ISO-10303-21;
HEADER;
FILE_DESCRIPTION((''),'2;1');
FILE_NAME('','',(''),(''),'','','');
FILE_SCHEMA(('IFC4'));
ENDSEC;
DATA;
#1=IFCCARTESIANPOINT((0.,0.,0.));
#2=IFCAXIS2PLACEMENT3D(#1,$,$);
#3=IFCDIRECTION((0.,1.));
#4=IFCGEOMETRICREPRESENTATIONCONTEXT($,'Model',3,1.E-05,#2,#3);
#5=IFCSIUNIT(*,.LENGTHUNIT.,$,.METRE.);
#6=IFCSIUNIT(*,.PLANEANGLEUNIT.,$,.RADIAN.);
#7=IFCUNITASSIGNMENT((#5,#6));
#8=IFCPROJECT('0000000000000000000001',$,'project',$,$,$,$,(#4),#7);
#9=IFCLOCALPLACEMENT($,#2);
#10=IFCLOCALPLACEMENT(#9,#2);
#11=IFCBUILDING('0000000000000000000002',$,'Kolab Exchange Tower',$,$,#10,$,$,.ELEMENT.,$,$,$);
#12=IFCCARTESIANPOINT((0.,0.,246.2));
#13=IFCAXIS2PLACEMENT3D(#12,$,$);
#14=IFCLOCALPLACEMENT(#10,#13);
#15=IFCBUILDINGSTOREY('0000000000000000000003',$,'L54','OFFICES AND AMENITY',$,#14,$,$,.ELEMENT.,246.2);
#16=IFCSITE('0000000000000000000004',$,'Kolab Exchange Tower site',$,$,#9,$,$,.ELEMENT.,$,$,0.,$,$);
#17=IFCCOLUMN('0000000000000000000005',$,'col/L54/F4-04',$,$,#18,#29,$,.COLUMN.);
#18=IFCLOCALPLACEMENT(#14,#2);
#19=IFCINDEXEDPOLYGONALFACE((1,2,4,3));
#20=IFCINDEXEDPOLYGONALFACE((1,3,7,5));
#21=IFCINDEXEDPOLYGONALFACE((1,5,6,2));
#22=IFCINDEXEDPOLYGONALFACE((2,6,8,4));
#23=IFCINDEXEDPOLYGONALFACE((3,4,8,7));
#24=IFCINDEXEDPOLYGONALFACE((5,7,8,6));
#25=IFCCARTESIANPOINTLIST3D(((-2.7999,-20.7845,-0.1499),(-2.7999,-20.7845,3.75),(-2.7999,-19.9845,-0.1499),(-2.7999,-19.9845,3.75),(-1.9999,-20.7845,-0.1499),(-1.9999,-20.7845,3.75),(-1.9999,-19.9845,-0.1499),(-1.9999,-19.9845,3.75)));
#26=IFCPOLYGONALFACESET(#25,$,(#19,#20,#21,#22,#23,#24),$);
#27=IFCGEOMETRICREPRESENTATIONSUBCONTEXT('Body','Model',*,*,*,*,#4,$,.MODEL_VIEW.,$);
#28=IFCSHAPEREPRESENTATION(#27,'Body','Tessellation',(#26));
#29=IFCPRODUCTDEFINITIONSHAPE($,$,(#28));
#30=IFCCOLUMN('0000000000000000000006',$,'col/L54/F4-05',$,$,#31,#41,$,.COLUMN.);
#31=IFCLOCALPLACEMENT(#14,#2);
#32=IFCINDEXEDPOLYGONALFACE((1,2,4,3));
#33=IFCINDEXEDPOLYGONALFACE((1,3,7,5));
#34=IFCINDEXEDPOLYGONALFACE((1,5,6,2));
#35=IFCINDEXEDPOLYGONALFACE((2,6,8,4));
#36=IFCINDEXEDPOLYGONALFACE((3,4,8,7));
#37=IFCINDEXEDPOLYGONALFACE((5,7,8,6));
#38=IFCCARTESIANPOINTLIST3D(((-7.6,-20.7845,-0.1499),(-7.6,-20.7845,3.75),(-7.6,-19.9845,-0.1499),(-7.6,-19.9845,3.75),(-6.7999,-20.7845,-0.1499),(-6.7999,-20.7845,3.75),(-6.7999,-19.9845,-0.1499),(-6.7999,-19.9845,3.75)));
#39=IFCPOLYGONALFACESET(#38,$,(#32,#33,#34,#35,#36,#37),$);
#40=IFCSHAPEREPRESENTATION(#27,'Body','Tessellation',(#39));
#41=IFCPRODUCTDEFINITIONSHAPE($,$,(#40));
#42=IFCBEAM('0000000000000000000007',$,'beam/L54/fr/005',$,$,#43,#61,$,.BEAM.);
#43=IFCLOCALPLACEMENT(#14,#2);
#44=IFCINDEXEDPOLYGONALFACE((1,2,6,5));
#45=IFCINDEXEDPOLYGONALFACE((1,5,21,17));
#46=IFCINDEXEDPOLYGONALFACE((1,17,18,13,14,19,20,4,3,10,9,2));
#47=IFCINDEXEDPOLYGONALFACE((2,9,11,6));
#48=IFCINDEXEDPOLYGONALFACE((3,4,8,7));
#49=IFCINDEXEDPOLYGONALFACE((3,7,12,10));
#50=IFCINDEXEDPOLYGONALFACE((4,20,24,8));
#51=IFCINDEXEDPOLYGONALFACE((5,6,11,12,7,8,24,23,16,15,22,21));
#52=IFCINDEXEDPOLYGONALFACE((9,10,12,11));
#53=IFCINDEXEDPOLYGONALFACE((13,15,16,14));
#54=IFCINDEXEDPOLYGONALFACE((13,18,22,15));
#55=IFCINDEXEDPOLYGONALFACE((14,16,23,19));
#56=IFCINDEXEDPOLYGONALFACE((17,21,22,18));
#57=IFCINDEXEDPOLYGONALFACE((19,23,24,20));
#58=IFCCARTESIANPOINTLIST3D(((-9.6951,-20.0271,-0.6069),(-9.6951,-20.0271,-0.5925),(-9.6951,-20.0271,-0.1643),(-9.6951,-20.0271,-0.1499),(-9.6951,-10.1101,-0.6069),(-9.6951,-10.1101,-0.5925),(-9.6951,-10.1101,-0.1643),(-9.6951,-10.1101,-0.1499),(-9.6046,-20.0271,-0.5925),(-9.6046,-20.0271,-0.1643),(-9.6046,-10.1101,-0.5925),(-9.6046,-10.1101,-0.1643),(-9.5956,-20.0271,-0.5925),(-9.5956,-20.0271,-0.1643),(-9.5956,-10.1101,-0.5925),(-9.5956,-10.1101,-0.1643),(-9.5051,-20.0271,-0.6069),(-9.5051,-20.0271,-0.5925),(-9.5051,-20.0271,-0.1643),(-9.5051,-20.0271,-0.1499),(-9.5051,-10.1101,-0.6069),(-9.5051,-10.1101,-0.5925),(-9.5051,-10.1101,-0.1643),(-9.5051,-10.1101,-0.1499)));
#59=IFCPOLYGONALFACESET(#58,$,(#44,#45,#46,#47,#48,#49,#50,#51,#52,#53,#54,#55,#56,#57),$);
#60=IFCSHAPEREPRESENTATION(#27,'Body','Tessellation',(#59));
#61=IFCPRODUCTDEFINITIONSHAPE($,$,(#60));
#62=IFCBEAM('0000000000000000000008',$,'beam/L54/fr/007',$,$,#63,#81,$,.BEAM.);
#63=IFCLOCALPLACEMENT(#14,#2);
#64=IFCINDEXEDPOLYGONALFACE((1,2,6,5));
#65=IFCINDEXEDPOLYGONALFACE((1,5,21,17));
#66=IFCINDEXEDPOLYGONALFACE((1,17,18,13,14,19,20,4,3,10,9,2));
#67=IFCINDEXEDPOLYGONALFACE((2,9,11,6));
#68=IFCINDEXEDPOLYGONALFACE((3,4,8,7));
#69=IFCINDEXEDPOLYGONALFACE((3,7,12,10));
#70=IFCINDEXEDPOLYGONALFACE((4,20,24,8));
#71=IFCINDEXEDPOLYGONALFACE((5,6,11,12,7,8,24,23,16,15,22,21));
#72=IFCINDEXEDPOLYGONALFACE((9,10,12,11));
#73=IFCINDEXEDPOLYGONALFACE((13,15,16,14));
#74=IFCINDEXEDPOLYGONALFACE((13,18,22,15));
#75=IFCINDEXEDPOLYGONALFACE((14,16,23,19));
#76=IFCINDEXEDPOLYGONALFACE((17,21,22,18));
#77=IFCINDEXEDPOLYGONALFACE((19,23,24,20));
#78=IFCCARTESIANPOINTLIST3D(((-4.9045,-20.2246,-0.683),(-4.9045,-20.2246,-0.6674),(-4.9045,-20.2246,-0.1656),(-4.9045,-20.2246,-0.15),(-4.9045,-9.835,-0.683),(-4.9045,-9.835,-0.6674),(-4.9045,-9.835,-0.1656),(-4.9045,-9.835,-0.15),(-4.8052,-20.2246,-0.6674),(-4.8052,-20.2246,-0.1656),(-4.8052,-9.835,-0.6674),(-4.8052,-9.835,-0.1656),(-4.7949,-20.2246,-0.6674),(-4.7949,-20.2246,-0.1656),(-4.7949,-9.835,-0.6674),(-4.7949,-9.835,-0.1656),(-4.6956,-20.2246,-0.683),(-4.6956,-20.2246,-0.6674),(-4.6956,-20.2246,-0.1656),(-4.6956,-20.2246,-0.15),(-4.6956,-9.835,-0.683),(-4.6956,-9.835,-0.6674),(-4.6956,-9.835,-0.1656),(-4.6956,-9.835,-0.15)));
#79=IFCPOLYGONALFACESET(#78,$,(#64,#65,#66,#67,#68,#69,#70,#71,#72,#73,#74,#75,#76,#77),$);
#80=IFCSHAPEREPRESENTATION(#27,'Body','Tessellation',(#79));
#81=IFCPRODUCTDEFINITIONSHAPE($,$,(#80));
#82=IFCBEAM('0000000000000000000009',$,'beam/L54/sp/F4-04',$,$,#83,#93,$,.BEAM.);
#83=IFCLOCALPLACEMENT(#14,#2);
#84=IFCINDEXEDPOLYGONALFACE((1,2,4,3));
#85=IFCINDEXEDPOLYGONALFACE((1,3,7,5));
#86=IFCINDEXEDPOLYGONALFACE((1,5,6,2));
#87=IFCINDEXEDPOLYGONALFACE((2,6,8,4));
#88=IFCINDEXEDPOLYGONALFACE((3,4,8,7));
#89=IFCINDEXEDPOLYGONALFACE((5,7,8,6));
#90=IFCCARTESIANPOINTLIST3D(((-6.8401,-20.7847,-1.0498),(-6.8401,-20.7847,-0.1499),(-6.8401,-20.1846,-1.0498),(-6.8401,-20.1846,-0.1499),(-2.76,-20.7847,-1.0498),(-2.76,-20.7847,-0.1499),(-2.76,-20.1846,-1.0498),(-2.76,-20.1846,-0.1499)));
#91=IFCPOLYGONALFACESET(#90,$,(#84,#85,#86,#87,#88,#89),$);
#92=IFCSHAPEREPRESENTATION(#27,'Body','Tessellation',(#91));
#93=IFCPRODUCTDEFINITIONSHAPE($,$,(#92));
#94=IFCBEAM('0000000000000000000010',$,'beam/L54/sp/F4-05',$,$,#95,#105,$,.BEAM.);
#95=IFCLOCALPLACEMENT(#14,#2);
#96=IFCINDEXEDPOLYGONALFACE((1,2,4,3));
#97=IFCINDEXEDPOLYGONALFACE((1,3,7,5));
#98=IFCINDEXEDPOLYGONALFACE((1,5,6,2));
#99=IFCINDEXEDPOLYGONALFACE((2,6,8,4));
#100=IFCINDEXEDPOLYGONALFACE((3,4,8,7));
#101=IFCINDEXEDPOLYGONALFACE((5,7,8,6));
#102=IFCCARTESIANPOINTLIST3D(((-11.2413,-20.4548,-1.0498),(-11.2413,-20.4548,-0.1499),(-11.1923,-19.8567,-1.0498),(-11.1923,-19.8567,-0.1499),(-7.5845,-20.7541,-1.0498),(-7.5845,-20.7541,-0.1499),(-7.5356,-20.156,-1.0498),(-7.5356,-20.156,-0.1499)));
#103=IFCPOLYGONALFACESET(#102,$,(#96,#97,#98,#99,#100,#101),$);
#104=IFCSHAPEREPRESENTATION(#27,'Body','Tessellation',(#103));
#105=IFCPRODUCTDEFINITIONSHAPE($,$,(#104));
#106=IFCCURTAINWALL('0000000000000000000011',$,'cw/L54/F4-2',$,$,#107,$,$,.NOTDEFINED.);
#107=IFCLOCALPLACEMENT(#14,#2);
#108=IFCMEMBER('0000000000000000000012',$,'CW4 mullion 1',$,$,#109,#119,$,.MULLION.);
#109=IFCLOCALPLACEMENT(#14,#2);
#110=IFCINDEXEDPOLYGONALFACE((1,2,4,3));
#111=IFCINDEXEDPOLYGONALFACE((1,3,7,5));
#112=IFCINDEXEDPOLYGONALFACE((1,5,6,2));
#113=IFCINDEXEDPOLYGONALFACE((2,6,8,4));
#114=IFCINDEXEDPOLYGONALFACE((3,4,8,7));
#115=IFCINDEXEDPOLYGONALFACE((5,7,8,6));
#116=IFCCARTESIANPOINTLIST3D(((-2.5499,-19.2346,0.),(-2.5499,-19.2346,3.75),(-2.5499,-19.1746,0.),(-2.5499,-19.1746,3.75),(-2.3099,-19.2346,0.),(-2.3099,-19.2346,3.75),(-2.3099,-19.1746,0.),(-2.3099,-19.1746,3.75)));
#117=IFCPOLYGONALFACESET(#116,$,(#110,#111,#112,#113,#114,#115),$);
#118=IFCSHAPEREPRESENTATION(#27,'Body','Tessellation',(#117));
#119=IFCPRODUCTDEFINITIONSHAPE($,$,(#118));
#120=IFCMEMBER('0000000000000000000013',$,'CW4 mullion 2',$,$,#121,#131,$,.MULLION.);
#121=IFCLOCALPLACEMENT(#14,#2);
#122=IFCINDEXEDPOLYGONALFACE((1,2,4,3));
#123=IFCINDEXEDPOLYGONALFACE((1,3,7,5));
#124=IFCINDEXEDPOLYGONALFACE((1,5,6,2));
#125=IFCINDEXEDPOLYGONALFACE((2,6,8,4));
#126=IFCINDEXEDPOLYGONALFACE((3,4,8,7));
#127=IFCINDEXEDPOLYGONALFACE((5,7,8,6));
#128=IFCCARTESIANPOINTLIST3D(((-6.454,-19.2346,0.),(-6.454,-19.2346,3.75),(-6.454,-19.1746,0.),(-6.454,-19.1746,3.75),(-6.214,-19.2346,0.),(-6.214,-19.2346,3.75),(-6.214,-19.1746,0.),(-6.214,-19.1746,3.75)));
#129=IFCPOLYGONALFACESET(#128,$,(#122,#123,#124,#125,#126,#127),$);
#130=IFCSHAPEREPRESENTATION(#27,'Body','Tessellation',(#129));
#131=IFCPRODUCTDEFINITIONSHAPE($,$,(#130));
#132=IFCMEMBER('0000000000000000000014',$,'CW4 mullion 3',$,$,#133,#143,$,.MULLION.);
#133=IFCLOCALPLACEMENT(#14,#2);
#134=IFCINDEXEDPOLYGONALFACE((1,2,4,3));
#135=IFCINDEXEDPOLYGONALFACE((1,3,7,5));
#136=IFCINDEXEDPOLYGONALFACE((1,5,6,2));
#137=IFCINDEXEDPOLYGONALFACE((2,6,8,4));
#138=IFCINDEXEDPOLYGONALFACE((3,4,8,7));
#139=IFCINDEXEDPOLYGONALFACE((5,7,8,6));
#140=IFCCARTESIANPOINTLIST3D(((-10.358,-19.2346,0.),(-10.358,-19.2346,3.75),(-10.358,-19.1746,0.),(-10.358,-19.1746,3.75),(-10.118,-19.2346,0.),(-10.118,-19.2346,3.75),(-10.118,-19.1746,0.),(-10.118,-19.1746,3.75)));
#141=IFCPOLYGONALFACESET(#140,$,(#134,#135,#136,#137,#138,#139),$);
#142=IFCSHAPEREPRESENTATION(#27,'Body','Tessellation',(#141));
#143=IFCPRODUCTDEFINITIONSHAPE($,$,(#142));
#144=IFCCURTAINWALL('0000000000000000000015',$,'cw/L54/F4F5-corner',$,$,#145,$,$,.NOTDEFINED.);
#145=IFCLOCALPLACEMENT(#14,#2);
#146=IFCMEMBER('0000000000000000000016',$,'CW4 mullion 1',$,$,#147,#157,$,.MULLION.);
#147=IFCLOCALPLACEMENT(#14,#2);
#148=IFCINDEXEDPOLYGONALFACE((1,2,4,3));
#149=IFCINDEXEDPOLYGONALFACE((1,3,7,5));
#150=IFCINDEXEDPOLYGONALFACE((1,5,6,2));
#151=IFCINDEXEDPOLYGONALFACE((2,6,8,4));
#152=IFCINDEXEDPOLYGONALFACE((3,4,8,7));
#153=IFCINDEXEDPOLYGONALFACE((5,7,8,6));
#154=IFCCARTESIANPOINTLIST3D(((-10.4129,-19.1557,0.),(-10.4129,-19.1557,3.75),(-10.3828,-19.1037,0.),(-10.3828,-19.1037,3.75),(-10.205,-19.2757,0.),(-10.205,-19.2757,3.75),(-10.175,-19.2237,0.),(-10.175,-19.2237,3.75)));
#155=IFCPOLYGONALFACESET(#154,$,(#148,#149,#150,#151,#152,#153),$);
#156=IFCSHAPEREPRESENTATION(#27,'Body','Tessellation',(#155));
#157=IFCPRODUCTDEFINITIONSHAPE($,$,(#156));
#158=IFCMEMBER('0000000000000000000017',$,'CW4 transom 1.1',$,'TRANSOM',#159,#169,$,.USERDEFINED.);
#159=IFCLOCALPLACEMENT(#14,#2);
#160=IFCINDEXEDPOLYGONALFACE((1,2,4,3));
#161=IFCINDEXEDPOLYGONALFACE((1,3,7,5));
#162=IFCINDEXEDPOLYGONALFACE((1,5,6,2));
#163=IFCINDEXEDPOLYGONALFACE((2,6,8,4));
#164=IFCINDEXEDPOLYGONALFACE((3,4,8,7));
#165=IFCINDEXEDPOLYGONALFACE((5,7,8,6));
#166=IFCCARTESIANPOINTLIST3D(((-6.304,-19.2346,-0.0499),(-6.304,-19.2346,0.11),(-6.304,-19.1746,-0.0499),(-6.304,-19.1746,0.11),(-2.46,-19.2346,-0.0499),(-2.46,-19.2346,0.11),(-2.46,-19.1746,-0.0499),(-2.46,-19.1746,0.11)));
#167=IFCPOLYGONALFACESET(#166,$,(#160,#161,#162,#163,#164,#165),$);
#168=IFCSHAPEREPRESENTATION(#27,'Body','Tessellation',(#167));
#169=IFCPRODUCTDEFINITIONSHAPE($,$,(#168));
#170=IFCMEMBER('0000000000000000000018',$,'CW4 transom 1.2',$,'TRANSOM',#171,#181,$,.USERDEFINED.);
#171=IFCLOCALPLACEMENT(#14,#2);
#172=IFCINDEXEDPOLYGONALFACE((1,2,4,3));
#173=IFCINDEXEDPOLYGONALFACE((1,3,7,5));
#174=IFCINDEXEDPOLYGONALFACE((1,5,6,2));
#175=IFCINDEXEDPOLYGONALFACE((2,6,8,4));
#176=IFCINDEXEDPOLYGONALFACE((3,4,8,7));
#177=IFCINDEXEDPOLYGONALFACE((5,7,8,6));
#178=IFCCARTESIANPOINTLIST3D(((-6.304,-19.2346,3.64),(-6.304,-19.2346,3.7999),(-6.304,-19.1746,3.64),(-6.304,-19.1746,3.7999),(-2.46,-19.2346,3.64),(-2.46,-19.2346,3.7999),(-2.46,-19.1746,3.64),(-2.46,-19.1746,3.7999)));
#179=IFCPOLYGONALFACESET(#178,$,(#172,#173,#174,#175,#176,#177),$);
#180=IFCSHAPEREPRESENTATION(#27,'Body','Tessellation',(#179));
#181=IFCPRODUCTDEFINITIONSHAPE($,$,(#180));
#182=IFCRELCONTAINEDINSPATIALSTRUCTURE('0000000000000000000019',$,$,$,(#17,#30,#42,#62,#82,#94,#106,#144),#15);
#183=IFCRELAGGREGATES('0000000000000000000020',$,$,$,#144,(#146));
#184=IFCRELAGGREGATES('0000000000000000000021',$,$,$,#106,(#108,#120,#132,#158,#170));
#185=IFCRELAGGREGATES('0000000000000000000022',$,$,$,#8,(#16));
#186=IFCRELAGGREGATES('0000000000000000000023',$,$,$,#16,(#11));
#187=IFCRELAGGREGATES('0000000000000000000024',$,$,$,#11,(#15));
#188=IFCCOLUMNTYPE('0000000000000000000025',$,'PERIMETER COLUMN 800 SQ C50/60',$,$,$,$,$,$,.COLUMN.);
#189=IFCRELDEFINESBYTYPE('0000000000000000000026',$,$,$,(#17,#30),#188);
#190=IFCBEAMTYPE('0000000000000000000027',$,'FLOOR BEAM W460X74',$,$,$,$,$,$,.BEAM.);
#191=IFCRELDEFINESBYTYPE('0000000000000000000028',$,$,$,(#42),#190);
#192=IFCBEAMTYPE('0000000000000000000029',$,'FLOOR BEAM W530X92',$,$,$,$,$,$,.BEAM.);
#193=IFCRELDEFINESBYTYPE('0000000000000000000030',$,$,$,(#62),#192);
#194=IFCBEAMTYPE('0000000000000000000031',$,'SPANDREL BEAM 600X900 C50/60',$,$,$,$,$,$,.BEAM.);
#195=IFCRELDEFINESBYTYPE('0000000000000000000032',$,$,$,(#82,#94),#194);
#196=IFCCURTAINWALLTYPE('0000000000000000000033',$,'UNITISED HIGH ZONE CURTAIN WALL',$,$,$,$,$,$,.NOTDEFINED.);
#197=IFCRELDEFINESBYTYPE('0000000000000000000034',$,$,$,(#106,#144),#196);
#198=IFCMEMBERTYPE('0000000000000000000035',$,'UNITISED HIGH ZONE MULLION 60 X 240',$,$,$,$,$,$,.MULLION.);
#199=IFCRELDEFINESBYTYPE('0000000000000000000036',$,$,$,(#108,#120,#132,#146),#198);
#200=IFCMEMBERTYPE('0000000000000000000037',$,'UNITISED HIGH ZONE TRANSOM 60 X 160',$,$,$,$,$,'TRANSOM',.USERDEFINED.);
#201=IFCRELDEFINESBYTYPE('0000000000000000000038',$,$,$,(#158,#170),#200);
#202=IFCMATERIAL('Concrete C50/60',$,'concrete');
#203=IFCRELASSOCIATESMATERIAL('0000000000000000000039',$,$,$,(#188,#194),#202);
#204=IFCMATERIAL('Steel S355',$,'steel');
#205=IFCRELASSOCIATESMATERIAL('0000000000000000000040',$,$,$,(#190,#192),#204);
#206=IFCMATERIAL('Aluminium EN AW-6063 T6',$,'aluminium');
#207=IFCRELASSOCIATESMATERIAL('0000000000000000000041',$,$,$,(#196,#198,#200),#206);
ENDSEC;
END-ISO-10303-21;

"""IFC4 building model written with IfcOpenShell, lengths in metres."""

from ifc_helpers import new_model, si_unit, direction, frame, origin, origin_2d, place, context, subcontext, project, spatial, rectangle, i_section, extrude, material, material_profile, profile_set, type_object, element, aggregate, save


model = new_model("IFC4")

# Units and contexts
model_context = context("Model", 3, precision=1e-05, world=origin(), true_north=direction((0.0, 1.0)))
body_context = subcontext(model_context, "Body", "Model", "MODEL_VIEW")
ifc_project = project(units=[si_unit("LENGTHUNIT", "METRE"), si_unit("PLANEANGLEUNIT", "RADIAN")], contexts=[model_context])

# Site, building, storey
site_placement = place(None, origin())
site = spatial("IfcSite", under=ifc_project, at=site_placement, Name="Kolab Exchange Tower site", CompositionType="ELEMENT", RefElevation=0.0)
building_placement = place(site_placement, origin())
building = spatial("IfcBuilding", under=site, at=building_placement, Name="Kolab Exchange Tower", CompositionType="ELEMENT")
storey_placement = place(building_placement, frame((0.0, 0.0, 246.2)))
storey = spatial("IfcBuildingStorey", under=building, at=storey_placement, Name="L54", Description="OFFICES AND AMENITY", CompositionType="ELEMENT", Elevation=246.2)

# Columns
ifc_material_1 = material(Name="Concrete C50/60", Category="concrete")
ifc_material_profile_1 = material_profile(ifc_material_1, rectangle(XDim=0.8, YDim=0.8, at=origin_2d()), Name="RC800")
ifc_profile_set_1 = profile_set([ifc_material_profile_1], Name="Concrete C50/60")
column_type = type_object("IfcColumnType", Name="PERIMETER COLUMN 800 SQ C50/60", PredefinedType="COLUMN", material=ifc_profile_set_1)
for number, where, z_axis, x_axis, name in (
    (1, (-2.3999, -20.3845, -0.1499), (0.0, 0.0, 1.0), (1.0, 0.0, 0.0), "col/L54/F4-04"),
    (2, (-7.2, -20.3845, -0.1499), (0.0, 0.0, 1.0), (1.0, 0.0, 0.0), "col/L54/F4-05"),
):
    element("IfcColumn", number, at=place(storey_placement, frame(where, z_axis=z_axis, x_axis=x_axis)), inside=storey, type_object=column_type, Name=name, PredefinedType="COLUMN", context=body_context, shape_type="SweptSolid", body=[
        extrude(rectangle(XDim=0.8, YDim=0.8, at=origin_2d()), origin(), (0.0, 0.0, 1.0), 3.8999),
    ])

# Beams
ifc_material_2 = material(Name="Steel S355", Category="steel")
ifc_material_profile_2 = material_profile(ifc_material_2, i_section(OverallWidth=0.1899, OverallDepth=0.457, WebThickness=0.009, FlangeThickness=0.0144, at=origin_2d()), Name="W460X74")
ifc_profile_set_2 = profile_set([ifc_material_profile_2], Name="Steel S355")
beam_type_1 = type_object("IfcBeamType", Name="FLOOR BEAM W460X74", PredefinedType="BEAM", material=ifc_profile_set_2)
beam_1_placement = place(storey_placement, frame((-9.6001, -20.0271, -0.3784), z_axis=(0.0, 1.0, 0.0), x_axis=(-1.0, 0.0, 0.0)))
element("IfcBeam", 3, at=beam_1_placement, inside=storey, type_object=beam_type_1, Name="beam/L54/fr/005", PredefinedType="BEAM", context=body_context, shape_type="SweptSolid", body=[
    extrude(i_section(OverallWidth=0.1899, OverallDepth=0.457, WebThickness=0.009, FlangeThickness=0.0144, at=origin_2d()), origin(), (0.0, 0.0, 1.0), 9.917),
])
ifc_material_profile_3 = material_profile(ifc_material_2, i_section(OverallWidth=0.209, OverallDepth=0.533, WebThickness=0.0103, FlangeThickness=0.0156, at=origin_2d()), Name="W530X92")
ifc_profile_set_3 = profile_set([ifc_material_profile_3], Name="Steel S355")
beam_type_2 = type_object("IfcBeamType", Name="FLOOR BEAM W530X92", PredefinedType="BEAM", material=ifc_profile_set_3)
beam_2_placement = place(storey_placement, frame((-4.8, -20.2246, -0.4165), z_axis=(0.0, 1.0, 0.0), x_axis=(-1.0, 0.0, 0.0)))
element("IfcBeam", 4, at=beam_2_placement, inside=storey, type_object=beam_type_2, Name="beam/L54/fr/007", PredefinedType="BEAM", context=body_context, shape_type="SweptSolid", body=[
    extrude(i_section(OverallWidth=0.209, OverallDepth=0.533, WebThickness=0.0103, FlangeThickness=0.0156, at=origin_2d()), origin(), (0.0, 0.0, 1.0), 10.3896),
])
ifc_material_profile_4 = material_profile(ifc_material_1, rectangle(XDim=0.6001, YDim=0.8999, at=origin_2d()), Name="RC600X900")
ifc_profile_set_4 = profile_set([ifc_material_profile_4], Name="Concrete C50/60")
beam_type_3 = type_object("IfcBeamType", Name="SPANDREL BEAM 600X900 C50/60", PredefinedType="BEAM", material=ifc_profile_set_4)
beam_3_placement = place(storey_placement, frame((-2.76, -20.4846, -0.5999), z_axis=(-1.0, 0.0, 0.0), x_axis=(0.0, -1.0, 0.0)))
element("IfcBeam", 5, at=beam_3_placement, inside=storey, type_object=beam_type_3, Name="beam/L54/sp/F4-04", PredefinedType="BEAM", context=body_context, shape_type="SweptSolid", body=[
    extrude(rectangle(XDim=0.6001, YDim=0.8999, at=origin_2d()), origin(), (0.0, 0.0, 1.0), 4.0801),
])
beam_4_placement = place(storey_placement, frame((-7.5601, -20.4551, -0.5999), z_axis=(-0.996667, 0.081581, 0.0), x_axis=(-0.081581, -0.996667, 0.0)))
element("IfcBeam", 6, at=beam_4_placement, inside=storey, type_object=beam_type_3, Name="beam/L54/sp/F4-05", PredefinedType="BEAM", context=body_context, shape_type="SweptSolid", body=[
    extrude(rectangle(XDim=0.6001, YDim=0.8999, at=origin_2d()), origin(), (0.0, 0.0, 1.0), 3.6689),
])

# Curtain wall, members
ifc_material_3 = material(Name="Aluminium EN AW-6063 T6", Category="aluminium")
curtain_wall_type = type_object("IfcCurtainWallType", Name="UNITISED HIGH ZONE CURTAIN WALL", PredefinedType="NOTDEFINED", material=ifc_material_3)
curtain_wall_1_placement = place(storey_placement, origin())
curtain_wall_1 = element("IfcCurtainWall", 7, at=curtain_wall_1_placement, inside=storey, type_object=curtain_wall_type, Name="cw/L54/F4-2", PredefinedType="NOTDEFINED")
ifc_material_profile_5 = material_profile(ifc_material_3, rectangle(XDim=0.0601, YDim=0.24, at=origin_2d()), Name="RECT 60X240")
ifc_profile_set_5 = profile_set([ifc_material_profile_5], Name="Aluminium EN AW-6063 T6")
member_type_1 = type_object("IfcMemberType", Name="UNITISED HIGH ZONE MULLION 60 X 240", PredefinedType="MULLION", material=ifc_profile_set_5)
member_1_placement = place(storey_placement, frame((-2.4299, -19.2046, 0.0), z_axis=(0.0, 0.0, 1.0), x_axis=(0.0, -1.0, 0.0)))
member_1 = element("IfcMember", 8, at=member_1_placement, type_object=member_type_1, Name="CW4 mullion 1", PredefinedType="MULLION", context=body_context, shape_type="SweptSolid", body=[
    extrude(rectangle(XDim=0.0601, YDim=0.24, at=origin_2d()), origin(), (0.0, 0.0, 1.0), 3.75),
])
member_2_placement = place(storey_placement, frame((-6.334, -19.2046, 0.0), z_axis=(0.0, 0.0, 1.0), x_axis=(0.0, -1.0, 0.0)))
member_2 = element("IfcMember", 9, at=member_2_placement, type_object=member_type_1, Name="CW4 mullion 2", PredefinedType="MULLION", context=body_context, shape_type="SweptSolid", body=[
    extrude(rectangle(XDim=0.0601, YDim=0.24, at=origin_2d()), origin(), (0.0, 0.0, 1.0), 3.75),
])
member_3_placement = place(storey_placement, frame((-10.238, -19.2046, 0.0), z_axis=(0.0, 0.0, 1.0), x_axis=(0.0, -1.0, 0.0)))
member_3 = element("IfcMember", 10, at=member_3_placement, type_object=member_type_1, Name="CW4 mullion 3", PredefinedType="MULLION", context=body_context, shape_type="SweptSolid", body=[
    extrude(rectangle(XDim=0.0601, YDim=0.24, at=origin_2d()), origin(), (0.0, 0.0, 1.0), 3.75),
])

# Curtain wall, member
curtain_wall_2_placement = place(storey_placement, origin())
curtain_wall_2 = element("IfcCurtainWall", 11, at=curtain_wall_2_placement, inside=storey, type_object=curtain_wall_type, Name="cw/L54/F4F5-corner", PredefinedType="NOTDEFINED")
member_4_placement = place(storey_placement, frame((-10.2939, -19.1897, 0.0), z_axis=(0.0, 0.0, 1.0), x_axis=(-0.5, -0.866025, 0.0)))
member_4 = element("IfcMember", 12, at=member_4_placement, type_object=member_type_1, Name="CW4 mullion 1", PredefinedType="MULLION", context=body_context, shape_type="SweptSolid", body=[
    extrude(rectangle(XDim=0.0601, YDim=0.24, at=origin_2d()), origin(), (0.0, 0.0, 1.0), 3.75),
])

# Members
ifc_material_profile_6 = material_profile(ifc_material_3, rectangle(XDim=0.0601, YDim=0.1599, at=origin_2d()), Name="RECT 60X160")
ifc_profile_set_6 = profile_set([ifc_material_profile_6], Name="Aluminium EN AW-6063 T6")
member_type_2 = type_object("IfcMemberType", Name="UNITISED HIGH ZONE TRANSOM 60 X 160", ElementType="TRANSOM", PredefinedType="USERDEFINED", material=ifc_profile_set_6)
member_5_placement = place(storey_placement, frame((-2.46, -19.2046, 0.03), z_axis=(-1.0, 0.0, 0.0), x_axis=(0.0, -1.0, 0.0)))
member_5 = element("IfcMember", 13, at=member_5_placement, type_object=member_type_2, Name="CW4 transom 1.1", ObjectType="TRANSOM", PredefinedType="USERDEFINED", context=body_context, shape_type="SweptSolid", body=[
    extrude(rectangle(XDim=0.0601, YDim=0.1599, at=origin_2d()), origin(), (0.0, 0.0, 1.0), 3.844),
])
member_6_placement = place(storey_placement, frame((-2.46, -19.2046, 3.72), z_axis=(-1.0, 0.0, 0.0), x_axis=(0.0, -1.0, 0.0)))
member_6 = element("IfcMember", 14, at=member_6_placement, type_object=member_type_2, Name="CW4 transom 1.2", ObjectType="TRANSOM", PredefinedType="USERDEFINED", context=body_context, shape_type="SweptSolid", body=[
    extrude(rectangle(XDim=0.0601, YDim=0.1599, at=origin_2d()), origin(), (0.0, 0.0, 1.0), 3.844),
])
aggregate(curtain_wall_2, [member_4])

aggregate(curtain_wall_1, [member_1, member_2, member_3, member_5, member_6])

save(model, "model.ifc")
